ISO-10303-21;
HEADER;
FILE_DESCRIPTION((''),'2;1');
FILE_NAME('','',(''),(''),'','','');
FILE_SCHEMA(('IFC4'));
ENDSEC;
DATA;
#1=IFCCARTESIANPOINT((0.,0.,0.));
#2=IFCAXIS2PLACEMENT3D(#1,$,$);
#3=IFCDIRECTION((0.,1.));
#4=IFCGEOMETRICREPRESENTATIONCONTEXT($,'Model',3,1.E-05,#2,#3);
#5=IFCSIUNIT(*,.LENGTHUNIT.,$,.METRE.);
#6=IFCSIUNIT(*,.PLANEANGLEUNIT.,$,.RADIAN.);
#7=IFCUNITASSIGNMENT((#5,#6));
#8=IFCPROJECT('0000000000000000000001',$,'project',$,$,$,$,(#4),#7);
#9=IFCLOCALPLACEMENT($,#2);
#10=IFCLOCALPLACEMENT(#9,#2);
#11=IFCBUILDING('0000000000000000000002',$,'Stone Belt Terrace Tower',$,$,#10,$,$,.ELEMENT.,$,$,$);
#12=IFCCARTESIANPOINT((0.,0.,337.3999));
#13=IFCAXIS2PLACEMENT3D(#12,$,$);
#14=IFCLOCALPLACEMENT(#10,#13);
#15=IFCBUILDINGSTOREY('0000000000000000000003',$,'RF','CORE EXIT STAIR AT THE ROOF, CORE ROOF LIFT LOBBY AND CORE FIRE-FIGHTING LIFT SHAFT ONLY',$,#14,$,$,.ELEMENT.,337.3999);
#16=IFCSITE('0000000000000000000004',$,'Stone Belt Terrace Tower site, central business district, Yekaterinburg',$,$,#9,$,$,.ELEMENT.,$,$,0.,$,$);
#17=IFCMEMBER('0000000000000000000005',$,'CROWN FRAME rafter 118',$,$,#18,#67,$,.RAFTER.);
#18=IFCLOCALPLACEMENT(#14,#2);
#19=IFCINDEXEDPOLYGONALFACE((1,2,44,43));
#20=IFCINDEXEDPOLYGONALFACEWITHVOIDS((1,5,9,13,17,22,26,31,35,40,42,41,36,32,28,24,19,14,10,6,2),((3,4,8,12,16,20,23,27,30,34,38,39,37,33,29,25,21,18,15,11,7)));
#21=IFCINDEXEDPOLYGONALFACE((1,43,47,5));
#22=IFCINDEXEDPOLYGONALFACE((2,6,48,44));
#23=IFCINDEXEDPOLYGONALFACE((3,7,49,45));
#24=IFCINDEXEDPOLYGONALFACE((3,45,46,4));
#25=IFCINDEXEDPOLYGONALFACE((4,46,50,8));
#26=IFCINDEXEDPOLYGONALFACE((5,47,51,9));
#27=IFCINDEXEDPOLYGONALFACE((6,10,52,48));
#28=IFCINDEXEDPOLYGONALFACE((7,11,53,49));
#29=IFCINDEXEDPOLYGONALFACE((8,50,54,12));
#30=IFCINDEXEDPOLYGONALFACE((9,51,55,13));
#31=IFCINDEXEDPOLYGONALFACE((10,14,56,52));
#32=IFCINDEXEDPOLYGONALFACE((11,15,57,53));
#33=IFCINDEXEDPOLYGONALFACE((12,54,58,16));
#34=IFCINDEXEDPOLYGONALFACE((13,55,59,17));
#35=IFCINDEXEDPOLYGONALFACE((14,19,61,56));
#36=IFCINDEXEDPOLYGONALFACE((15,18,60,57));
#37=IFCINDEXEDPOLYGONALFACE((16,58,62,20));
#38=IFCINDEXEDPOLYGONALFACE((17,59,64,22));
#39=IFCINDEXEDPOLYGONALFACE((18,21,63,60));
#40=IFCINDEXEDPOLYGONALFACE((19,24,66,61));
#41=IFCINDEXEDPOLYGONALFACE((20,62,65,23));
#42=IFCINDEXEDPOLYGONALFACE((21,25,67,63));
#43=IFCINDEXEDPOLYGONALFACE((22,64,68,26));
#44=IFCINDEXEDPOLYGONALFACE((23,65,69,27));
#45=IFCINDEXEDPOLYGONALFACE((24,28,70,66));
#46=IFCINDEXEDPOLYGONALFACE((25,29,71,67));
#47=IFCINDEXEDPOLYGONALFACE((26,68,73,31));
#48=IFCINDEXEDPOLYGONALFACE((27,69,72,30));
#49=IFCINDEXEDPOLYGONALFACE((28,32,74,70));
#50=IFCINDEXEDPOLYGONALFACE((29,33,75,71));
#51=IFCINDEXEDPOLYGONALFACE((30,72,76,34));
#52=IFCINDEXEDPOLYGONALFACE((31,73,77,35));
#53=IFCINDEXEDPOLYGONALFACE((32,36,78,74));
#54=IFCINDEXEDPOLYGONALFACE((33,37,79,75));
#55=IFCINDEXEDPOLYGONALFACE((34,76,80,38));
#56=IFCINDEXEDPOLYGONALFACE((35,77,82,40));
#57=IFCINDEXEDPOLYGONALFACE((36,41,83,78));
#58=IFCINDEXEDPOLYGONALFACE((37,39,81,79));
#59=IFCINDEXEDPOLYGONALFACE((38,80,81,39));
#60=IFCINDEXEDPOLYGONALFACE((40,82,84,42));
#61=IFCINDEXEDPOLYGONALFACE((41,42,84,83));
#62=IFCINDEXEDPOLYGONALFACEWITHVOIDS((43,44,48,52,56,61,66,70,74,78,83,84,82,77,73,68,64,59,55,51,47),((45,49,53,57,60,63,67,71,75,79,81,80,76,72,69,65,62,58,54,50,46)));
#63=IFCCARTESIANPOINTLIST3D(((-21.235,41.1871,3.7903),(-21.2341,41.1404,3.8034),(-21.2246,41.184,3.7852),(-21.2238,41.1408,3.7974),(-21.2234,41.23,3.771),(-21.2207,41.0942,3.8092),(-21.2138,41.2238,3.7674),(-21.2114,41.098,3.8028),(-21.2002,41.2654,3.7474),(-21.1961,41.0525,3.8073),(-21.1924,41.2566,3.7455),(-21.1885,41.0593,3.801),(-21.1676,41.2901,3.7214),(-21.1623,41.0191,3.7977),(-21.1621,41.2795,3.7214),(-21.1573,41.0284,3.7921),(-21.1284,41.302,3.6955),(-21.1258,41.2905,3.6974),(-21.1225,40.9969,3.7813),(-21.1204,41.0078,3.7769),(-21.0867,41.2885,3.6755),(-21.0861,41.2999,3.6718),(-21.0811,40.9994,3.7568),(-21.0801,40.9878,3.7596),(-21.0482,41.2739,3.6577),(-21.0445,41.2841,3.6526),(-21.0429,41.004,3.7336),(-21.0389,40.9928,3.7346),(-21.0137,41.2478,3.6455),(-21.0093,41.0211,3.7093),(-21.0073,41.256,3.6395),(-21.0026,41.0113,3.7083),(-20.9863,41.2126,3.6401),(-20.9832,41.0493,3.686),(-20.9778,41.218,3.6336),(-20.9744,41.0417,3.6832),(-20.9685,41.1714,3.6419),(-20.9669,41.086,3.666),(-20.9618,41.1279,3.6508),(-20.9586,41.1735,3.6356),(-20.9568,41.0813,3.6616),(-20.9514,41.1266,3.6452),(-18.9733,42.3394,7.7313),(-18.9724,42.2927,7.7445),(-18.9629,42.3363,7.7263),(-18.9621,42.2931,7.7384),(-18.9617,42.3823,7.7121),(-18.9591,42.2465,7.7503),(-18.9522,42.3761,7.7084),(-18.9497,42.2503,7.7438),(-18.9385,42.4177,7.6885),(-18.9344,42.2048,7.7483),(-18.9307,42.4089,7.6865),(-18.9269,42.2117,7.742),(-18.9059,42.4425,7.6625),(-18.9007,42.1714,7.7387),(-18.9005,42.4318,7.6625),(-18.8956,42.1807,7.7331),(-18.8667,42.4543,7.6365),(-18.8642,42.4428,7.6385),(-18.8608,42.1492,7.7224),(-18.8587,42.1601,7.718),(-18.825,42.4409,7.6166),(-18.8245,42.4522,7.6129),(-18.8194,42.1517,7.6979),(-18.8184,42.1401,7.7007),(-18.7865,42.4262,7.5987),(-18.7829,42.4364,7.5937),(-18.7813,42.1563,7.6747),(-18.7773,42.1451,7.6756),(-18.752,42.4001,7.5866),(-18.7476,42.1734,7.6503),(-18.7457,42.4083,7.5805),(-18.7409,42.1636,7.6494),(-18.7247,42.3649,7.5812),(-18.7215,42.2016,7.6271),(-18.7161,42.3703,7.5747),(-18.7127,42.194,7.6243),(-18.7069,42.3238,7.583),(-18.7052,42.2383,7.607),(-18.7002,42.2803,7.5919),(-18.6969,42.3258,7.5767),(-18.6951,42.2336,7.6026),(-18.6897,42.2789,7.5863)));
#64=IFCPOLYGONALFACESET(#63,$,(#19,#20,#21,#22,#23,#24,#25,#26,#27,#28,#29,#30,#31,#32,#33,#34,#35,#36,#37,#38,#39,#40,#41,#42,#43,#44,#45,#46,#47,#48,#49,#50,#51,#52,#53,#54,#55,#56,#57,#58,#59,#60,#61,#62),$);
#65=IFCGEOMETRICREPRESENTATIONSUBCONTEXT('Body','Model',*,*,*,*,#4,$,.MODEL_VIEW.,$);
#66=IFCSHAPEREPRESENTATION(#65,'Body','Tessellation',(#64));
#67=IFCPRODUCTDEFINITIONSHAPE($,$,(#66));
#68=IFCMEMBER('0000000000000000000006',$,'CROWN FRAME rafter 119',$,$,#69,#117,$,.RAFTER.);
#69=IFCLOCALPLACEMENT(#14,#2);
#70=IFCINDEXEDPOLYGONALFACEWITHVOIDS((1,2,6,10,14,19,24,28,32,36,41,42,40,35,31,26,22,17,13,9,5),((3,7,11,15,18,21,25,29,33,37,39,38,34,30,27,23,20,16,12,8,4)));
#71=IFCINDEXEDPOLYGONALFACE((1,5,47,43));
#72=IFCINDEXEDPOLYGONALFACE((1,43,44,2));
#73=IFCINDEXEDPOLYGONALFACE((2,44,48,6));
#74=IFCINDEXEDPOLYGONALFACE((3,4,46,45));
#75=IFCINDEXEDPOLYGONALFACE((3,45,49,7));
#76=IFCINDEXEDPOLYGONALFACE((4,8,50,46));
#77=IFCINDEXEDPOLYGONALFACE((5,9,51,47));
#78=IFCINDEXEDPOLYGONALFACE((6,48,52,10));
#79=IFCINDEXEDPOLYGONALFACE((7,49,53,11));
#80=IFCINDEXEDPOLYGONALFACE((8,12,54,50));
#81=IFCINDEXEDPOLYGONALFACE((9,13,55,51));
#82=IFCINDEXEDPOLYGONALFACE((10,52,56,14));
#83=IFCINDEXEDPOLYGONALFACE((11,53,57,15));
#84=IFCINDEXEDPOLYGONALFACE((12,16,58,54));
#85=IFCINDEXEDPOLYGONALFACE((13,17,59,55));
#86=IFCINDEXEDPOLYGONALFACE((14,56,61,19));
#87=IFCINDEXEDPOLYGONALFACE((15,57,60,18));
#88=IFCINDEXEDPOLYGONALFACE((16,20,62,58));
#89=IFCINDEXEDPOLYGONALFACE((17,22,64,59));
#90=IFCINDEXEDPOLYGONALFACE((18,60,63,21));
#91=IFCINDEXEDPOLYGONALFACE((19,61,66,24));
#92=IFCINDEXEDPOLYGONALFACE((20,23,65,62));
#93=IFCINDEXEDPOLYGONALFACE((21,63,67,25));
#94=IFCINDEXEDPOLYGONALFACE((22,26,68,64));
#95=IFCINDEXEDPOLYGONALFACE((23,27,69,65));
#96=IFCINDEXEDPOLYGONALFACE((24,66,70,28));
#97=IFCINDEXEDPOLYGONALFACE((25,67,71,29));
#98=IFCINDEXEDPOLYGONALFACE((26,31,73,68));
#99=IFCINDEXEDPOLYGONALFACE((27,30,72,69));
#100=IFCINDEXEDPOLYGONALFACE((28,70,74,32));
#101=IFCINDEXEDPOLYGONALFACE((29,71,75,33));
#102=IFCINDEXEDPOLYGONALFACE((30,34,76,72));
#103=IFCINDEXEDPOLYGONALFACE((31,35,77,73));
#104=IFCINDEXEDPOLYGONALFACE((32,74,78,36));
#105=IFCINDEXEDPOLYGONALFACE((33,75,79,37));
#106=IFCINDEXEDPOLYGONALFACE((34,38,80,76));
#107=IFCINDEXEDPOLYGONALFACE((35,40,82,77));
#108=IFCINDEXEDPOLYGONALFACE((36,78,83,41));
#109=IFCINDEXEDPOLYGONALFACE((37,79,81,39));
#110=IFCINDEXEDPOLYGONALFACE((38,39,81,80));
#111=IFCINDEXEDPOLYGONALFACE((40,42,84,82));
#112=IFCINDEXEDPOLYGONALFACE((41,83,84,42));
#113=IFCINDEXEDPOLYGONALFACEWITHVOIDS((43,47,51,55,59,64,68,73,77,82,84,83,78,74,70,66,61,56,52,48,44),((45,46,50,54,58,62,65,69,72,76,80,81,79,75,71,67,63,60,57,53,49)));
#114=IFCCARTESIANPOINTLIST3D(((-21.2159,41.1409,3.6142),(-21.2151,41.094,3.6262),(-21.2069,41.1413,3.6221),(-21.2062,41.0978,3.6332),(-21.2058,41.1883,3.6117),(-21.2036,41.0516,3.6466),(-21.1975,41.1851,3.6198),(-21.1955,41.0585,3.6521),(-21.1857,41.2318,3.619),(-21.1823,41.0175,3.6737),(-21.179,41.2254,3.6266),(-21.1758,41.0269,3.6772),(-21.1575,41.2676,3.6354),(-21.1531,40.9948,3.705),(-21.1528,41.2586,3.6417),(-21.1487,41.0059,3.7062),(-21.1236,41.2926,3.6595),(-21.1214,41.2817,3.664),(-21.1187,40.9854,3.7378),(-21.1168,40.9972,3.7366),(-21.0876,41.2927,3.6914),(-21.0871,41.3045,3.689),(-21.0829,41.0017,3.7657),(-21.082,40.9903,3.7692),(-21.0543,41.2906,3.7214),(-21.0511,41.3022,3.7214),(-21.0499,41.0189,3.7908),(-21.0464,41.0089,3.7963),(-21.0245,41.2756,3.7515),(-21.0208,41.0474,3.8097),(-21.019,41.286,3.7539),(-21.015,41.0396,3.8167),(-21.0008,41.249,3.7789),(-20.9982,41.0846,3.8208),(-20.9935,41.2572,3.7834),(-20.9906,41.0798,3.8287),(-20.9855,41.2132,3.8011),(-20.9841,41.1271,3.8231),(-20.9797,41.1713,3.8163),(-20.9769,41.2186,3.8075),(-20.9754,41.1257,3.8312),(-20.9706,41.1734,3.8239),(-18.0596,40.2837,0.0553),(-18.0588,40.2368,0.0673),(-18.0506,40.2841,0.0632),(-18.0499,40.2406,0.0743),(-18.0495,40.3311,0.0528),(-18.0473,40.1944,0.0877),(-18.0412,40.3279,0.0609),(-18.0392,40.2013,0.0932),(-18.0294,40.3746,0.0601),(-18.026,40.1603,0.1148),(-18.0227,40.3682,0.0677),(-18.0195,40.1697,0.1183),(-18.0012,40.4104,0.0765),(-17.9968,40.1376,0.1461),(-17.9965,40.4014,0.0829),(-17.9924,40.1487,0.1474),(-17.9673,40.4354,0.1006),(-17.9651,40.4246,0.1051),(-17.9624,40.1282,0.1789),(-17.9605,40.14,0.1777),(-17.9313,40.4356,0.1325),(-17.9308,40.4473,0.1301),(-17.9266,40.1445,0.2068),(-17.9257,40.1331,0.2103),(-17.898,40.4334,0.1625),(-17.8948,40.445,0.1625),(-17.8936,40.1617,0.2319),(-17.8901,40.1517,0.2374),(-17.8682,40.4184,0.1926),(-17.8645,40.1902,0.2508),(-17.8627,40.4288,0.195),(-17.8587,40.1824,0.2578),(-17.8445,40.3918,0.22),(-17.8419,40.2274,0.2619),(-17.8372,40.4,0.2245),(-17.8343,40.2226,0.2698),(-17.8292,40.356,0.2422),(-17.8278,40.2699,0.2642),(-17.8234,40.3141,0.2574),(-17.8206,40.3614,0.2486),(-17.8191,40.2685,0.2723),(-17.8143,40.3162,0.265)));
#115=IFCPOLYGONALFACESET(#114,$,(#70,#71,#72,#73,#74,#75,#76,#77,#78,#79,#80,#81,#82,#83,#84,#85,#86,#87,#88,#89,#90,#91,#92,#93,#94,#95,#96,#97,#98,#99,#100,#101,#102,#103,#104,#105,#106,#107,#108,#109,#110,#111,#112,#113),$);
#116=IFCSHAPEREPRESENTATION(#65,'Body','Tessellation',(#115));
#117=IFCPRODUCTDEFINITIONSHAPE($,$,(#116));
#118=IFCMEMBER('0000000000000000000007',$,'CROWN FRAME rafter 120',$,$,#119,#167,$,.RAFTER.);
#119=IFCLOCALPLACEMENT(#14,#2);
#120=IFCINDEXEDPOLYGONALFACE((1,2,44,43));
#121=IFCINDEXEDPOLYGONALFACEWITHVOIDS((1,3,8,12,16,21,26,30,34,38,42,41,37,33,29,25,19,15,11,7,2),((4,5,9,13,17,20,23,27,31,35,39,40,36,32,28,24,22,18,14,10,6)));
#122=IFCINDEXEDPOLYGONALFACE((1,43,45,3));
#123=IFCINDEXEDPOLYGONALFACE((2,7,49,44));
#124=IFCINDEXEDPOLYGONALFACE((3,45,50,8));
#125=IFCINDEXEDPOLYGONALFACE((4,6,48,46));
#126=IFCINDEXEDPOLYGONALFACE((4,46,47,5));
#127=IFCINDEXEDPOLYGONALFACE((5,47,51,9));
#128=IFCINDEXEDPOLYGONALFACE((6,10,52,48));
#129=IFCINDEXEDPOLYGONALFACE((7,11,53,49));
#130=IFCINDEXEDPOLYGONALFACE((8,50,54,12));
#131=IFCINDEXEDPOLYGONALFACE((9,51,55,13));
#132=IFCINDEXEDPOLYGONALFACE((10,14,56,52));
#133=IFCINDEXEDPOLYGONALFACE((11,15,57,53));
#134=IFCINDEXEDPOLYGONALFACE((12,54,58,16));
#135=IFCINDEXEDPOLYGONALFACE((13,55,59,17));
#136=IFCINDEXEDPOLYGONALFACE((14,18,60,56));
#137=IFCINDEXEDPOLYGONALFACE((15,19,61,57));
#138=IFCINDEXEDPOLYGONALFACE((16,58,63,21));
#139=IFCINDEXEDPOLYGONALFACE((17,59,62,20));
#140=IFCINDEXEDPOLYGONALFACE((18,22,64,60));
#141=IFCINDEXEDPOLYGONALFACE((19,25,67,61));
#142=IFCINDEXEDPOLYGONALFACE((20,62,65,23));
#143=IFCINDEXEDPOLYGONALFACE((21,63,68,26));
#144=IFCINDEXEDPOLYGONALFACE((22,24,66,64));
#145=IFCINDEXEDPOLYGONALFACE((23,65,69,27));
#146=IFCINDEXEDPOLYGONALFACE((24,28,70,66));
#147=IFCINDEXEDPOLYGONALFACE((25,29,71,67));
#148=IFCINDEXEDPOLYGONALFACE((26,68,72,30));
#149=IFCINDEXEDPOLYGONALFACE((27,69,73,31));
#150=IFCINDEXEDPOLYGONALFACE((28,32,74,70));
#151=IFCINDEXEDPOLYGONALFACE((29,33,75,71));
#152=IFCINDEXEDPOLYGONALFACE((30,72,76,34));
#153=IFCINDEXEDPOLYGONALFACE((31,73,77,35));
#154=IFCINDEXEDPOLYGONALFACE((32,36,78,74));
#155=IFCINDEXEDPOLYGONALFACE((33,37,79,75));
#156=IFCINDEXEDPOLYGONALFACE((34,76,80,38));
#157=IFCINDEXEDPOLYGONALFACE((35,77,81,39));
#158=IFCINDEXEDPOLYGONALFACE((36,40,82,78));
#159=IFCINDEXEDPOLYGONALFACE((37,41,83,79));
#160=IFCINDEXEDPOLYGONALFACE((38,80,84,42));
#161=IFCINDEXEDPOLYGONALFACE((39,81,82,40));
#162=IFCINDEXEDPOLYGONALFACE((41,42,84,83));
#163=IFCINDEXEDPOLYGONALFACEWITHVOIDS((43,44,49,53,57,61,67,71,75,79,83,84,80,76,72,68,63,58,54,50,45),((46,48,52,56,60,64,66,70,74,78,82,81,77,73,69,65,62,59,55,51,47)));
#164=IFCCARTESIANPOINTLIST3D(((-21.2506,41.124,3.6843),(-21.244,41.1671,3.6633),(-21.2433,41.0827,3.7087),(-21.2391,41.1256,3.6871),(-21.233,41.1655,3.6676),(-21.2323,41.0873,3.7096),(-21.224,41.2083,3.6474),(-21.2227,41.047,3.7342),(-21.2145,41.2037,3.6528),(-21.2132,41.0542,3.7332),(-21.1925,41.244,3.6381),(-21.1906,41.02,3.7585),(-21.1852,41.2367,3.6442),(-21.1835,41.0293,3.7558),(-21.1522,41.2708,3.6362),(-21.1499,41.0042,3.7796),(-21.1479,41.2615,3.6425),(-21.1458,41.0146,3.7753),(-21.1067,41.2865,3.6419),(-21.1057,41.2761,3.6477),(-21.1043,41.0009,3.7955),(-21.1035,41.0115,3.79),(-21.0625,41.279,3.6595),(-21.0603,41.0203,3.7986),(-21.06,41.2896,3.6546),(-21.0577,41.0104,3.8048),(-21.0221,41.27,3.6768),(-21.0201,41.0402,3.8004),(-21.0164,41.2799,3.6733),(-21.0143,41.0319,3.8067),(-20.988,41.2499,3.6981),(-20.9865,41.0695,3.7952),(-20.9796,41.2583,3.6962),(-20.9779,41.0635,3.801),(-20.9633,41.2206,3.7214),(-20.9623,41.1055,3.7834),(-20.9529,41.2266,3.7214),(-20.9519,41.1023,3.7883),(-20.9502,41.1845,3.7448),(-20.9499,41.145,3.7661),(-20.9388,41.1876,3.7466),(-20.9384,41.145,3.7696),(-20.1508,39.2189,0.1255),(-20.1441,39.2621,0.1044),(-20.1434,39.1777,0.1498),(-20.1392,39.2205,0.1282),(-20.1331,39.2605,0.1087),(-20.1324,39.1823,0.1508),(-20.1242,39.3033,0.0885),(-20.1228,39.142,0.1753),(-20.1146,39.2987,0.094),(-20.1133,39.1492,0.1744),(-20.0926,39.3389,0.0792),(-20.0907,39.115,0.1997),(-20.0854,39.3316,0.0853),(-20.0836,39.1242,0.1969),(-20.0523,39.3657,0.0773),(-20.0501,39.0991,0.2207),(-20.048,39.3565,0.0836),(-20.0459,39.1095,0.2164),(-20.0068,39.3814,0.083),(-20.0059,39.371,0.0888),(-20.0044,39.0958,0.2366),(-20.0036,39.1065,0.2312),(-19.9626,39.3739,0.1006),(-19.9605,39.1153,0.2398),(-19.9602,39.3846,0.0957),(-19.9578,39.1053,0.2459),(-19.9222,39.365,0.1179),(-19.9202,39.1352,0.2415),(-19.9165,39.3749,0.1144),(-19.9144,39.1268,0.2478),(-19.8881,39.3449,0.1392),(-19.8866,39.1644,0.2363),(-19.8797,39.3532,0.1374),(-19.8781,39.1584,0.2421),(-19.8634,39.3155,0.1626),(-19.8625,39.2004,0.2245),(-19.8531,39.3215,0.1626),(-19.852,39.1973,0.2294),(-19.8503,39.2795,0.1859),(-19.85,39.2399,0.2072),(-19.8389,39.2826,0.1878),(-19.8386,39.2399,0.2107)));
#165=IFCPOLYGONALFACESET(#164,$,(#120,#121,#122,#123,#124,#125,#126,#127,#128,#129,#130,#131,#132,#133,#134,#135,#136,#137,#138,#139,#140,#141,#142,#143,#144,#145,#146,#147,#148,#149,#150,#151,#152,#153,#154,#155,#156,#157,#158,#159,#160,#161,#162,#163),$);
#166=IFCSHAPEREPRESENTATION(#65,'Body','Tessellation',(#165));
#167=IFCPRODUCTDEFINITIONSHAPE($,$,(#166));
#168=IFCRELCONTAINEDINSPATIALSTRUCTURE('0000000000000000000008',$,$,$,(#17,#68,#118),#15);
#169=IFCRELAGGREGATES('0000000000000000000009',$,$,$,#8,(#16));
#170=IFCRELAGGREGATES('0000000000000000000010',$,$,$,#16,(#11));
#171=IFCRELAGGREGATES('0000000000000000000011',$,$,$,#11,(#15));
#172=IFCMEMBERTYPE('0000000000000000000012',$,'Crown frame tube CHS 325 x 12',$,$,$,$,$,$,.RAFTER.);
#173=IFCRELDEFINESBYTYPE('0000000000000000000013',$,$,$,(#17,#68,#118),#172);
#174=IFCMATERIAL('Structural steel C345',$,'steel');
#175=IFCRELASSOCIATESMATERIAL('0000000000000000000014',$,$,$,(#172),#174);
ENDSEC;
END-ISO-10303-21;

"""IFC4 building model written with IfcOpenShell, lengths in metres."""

from ifc_helpers import new_model, si_unit, direction, frame, origin, origin_2d, place, context, subcontext, project, spatial, hollow_circle, extrude, material, material_profile, profile_set, type_object, element, save


model = new_model("IFC4")

# Units and contexts
model_context = context("Model", 3, precision=1e-05, world=origin(), true_north=direction((0.0, 1.0)))
body_context = subcontext(model_context, "Body", "Model", "MODEL_VIEW")
ifc_project = project(units=[si_unit("LENGTHUNIT", "METRE"), si_unit("PLANEANGLEUNIT", "RADIAN")], contexts=[model_context])

# Site, building, storey
site_placement = place(None, origin())
site = spatial("IfcSite", under=ifc_project, at=site_placement, Name="Stone Belt Terrace Tower site, central business district, Yekaterinburg", CompositionType="ELEMENT", RefElevation=0.0)
building_placement = place(site_placement, origin())
building = spatial("IfcBuilding", under=site, at=building_placement, Name="Stone Belt Terrace Tower", CompositionType="ELEMENT")
storey_placement = place(building_placement, frame((0.0, 0.0, 337.3999)))
storey = spatial("IfcBuildingStorey", under=building, at=storey_placement, Name="RF", Description="CORE EXIT STAIR AT THE ROOF, CORE ROOF LIFT LOBBY AND CORE FIRE-FIGHTING LIFT SHAFT ONLY", CompositionType="ELEMENT", Elevation=337.3999)

# Members
ifc_material_1 = material(Name="Structural steel C345", Category="steel")
ifc_material_profile_1 = material_profile(ifc_material_1, hollow_circle(Radius=0.1626, WallThickness=0.012, at=origin_2d()), Name="Structural steel C345 CHS 325x12")
ifc_profile_set_1 = profile_set([ifc_material_profile_1], Name="Structural steel C345")
member_type_1 = type_object("IfcMemberType", Name="Crown frame tube CHS 325 x 12", PredefinedType="RAFTER", material=ifc_profile_set_1)
member_1_placement = place(storey_placement, frame((-21.0938, 41.1453, 3.7214), z_axis=(0.482463, 0.245814, 0.840717), x_axis=(-0.453972, 0.891016, 0.0)))
element("IfcMember", 1, at=member_1_placement, inside=storey, type_object=member_type_1, Name="CROWN FRAME rafter 118", PredefinedType="RAFTER", context=body_context, shape_type="SweptSolid", body=[
    extrude(hollow_circle(Radius=0.1626, WallThickness=0.012, at=origin_2d()), origin(), (0.0, 0.0, 1.0), 4.6877),
])
member_2_placement = place(storey_placement, frame((-21.0938, 41.1453, 3.7214), z_axis=(0.653005, -0.177344, -0.736297), x_axis=(0.262088, 0.965044, 0.0)))
element("IfcMember", 2, at=member_2_placement, inside=storey, type_object=member_type_1, Name="CROWN FRAME rafter 119", PredefinedType="RAFTER", context=body_context, shape_type="SweptSolid", body=[
    extrude(hollow_circle(Radius=0.1626, WallThickness=0.012, at=origin_2d()), origin(), (0.0, 0.0, 1.0), 4.8335),
])
member_3_placement = place(storey_placement, frame((-21.0938, 41.1453, 3.7214), z_axis=(0.262884, -0.455335, -0.850624), x_axis=(0.866028, 0.499995, 0.0)))
element("IfcMember", 3, at=member_3_placement, inside=storey, type_object=member_type_1, Name="CROWN FRAME rafter 120", PredefinedType="RAFTER", context=body_context, shape_type="SweptSolid", body=[
    extrude(hollow_circle(Radius=0.1626, WallThickness=0.012, at=origin_2d()), origin(), (0.0, 0.0, 1.0), 4.1838),
])

save(model, "model.ifc")
